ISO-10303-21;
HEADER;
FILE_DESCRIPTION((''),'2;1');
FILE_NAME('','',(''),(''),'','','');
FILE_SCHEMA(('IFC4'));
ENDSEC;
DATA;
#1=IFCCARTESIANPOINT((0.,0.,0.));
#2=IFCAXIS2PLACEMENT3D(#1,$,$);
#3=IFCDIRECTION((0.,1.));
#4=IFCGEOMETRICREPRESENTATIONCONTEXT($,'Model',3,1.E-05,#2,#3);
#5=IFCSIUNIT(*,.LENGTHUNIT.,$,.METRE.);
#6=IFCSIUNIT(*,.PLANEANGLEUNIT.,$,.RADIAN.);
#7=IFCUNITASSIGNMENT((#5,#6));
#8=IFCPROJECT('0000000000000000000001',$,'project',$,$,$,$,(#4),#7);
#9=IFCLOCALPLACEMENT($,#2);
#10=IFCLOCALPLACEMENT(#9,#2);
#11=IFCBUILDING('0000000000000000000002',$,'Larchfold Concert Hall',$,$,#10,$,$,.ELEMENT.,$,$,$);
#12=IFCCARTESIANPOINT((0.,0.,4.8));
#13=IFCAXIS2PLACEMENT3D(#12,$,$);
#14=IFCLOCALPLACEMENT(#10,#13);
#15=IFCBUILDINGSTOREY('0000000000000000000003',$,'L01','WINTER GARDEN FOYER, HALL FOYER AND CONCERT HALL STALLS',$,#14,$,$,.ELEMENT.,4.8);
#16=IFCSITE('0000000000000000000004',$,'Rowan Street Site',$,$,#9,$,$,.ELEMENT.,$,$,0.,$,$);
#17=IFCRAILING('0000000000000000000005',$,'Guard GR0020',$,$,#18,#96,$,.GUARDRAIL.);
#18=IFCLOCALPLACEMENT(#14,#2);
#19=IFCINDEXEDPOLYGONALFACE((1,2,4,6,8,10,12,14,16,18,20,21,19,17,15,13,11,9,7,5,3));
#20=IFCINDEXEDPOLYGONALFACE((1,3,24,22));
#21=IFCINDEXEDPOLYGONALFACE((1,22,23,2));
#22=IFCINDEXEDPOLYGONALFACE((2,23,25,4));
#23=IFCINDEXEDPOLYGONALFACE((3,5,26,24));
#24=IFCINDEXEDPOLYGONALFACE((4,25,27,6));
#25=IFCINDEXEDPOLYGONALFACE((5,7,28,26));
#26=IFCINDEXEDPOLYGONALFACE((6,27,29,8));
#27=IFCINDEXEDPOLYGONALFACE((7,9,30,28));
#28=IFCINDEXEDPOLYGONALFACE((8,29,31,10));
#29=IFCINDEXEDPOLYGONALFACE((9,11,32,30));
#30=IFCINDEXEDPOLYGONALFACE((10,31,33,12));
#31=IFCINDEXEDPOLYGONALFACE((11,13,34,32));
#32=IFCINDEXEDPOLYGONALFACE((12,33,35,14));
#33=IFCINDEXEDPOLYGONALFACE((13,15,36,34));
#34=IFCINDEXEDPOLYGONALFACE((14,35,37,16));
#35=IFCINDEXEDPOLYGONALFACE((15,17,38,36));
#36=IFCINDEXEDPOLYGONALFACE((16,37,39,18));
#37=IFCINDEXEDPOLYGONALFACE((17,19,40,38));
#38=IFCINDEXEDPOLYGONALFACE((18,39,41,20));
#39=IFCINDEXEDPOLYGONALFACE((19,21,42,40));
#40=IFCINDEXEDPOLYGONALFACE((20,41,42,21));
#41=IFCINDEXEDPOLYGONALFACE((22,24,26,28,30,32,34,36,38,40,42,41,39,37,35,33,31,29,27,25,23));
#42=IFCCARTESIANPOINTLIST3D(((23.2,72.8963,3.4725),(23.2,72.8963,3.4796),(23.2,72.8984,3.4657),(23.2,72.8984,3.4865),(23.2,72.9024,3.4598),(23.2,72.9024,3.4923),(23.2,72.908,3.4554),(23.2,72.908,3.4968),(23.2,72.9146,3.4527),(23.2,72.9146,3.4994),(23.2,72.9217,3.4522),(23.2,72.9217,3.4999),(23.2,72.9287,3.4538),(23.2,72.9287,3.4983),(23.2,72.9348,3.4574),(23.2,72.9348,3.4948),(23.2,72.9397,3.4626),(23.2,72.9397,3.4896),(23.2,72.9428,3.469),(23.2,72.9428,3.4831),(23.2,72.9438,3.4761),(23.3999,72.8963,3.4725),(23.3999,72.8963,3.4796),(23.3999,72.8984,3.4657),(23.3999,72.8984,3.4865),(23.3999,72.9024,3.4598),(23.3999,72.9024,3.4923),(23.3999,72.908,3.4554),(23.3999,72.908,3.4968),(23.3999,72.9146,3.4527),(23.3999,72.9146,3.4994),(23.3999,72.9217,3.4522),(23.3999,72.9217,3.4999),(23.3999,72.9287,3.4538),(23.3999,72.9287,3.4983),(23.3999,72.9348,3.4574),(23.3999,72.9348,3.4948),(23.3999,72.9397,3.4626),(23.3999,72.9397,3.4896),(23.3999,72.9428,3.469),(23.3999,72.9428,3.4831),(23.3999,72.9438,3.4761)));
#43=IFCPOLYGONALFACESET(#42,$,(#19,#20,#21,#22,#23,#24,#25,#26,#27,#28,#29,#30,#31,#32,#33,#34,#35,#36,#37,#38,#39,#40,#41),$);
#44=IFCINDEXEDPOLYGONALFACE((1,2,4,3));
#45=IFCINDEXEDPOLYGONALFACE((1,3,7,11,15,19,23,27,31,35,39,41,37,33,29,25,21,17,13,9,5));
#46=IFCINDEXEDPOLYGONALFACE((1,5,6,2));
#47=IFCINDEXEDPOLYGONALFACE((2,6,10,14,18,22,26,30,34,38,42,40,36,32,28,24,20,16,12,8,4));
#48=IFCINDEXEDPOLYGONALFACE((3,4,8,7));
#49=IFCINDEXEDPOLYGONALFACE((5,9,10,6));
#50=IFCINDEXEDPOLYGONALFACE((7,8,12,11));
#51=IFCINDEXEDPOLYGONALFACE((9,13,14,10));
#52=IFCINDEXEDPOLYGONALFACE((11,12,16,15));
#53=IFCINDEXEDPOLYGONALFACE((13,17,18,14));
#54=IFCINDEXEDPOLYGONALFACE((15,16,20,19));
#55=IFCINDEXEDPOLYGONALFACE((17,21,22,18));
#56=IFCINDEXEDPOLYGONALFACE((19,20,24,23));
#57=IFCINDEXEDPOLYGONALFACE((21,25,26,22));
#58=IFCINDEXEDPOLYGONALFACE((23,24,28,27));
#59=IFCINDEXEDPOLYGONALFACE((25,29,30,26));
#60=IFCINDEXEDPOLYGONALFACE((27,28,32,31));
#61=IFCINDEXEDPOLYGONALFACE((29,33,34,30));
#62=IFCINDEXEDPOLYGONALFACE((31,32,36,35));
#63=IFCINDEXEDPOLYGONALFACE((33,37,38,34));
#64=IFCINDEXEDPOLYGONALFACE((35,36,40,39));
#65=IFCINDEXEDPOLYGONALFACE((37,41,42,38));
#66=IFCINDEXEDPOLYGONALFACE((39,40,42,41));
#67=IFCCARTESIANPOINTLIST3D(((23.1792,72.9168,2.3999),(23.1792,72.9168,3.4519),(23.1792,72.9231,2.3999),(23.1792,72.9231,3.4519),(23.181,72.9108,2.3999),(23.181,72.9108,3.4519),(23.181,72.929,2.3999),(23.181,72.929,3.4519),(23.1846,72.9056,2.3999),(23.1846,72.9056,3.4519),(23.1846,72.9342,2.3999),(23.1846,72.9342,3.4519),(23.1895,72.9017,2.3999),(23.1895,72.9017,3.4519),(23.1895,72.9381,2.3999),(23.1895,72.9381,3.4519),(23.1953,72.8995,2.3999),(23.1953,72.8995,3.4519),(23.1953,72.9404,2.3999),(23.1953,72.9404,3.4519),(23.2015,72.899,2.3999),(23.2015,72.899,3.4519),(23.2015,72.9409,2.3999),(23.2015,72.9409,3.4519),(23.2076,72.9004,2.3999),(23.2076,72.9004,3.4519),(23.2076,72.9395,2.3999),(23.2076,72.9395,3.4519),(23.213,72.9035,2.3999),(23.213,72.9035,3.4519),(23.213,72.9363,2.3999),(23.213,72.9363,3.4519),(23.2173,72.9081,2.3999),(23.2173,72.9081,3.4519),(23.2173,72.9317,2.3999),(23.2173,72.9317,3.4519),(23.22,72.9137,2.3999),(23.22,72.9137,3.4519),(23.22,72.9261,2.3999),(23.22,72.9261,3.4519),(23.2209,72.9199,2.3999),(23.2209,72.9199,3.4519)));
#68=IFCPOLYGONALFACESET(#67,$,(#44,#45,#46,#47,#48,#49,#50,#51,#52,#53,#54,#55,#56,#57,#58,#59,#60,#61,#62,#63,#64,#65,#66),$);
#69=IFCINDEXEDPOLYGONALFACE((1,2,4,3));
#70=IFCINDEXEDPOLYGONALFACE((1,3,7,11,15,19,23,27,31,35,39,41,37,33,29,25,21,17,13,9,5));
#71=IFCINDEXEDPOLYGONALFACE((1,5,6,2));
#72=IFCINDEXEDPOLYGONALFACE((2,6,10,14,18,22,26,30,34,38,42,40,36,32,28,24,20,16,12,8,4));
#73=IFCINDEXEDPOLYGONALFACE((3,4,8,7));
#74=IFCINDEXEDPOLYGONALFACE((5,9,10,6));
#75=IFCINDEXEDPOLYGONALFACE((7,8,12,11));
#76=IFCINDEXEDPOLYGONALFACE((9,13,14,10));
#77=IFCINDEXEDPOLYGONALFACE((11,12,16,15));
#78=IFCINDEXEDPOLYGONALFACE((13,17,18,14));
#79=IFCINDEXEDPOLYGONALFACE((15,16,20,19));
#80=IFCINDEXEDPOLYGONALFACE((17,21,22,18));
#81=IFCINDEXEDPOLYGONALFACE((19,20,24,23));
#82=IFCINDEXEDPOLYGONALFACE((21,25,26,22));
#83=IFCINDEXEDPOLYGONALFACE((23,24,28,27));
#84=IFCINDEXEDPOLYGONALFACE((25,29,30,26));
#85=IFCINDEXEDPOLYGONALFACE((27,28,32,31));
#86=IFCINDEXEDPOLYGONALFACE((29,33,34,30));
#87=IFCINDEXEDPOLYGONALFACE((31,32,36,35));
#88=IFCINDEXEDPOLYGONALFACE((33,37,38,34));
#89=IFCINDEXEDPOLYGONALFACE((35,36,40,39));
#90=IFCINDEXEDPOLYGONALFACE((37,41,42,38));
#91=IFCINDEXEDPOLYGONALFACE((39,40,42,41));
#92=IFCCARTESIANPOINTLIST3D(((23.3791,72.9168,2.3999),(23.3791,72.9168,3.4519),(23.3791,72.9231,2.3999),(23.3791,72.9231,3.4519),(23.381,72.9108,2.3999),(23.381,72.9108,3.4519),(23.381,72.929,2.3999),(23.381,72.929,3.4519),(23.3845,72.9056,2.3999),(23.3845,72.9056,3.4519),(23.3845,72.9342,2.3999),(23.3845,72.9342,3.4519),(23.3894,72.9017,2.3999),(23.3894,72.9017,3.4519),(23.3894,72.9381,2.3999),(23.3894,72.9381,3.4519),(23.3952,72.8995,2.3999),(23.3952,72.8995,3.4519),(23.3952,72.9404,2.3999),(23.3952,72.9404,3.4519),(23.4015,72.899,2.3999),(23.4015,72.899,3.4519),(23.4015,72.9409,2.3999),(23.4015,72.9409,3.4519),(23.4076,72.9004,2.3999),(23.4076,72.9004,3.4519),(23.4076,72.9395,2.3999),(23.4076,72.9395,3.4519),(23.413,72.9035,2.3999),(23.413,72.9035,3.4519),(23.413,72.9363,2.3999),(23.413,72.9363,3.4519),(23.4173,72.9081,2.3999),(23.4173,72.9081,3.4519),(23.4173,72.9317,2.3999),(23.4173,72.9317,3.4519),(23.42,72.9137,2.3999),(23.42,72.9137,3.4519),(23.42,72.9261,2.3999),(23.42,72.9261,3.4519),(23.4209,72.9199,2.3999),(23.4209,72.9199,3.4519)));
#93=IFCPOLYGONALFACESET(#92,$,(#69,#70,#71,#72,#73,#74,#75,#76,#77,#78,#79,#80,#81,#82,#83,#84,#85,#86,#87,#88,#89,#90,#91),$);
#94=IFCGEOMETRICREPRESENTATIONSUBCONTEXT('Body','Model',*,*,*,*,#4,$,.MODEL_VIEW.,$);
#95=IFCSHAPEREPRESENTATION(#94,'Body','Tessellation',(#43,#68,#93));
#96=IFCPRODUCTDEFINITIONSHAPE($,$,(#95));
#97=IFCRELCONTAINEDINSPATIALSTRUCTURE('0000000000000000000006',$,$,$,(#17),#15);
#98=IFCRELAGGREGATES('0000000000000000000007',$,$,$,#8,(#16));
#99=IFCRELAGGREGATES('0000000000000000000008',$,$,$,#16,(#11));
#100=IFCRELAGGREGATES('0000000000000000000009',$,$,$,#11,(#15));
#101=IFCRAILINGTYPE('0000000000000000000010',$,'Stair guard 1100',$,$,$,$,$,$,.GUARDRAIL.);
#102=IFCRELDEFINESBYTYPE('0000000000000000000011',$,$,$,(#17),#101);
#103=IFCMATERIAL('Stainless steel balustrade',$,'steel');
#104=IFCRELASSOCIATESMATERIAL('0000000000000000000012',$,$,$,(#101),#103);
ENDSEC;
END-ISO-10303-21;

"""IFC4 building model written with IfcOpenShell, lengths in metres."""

from ifc_helpers import new_model, si_unit, direction, frame, origin, origin_2d, place, context, subcontext, project, spatial, circle, extrude, material, type_object, element, save


model = new_model("IFC4")

# Units and contexts
model_context = context("Model", 3, precision=1e-05, world=origin(), true_north=direction((0.0, 1.0)))
body_context = subcontext(model_context, "Body", "Model", "MODEL_VIEW")
ifc_project = project(units=[si_unit("LENGTHUNIT", "METRE"), si_unit("PLANEANGLEUNIT", "RADIAN")], contexts=[model_context])

# Site, building, storey
site_placement = place(None, origin())
site = spatial("IfcSite", under=ifc_project, at=site_placement, Name="Rowan Street Site", CompositionType="ELEMENT", RefElevation=0.0)
building_placement = place(site_placement, origin())
building = spatial("IfcBuilding", under=site, at=building_placement, Name="Larchfold Concert Hall", CompositionType="ELEMENT")
storey_placement = place(building_placement, frame((0.0, 0.0, 4.8)))
storey = spatial("IfcBuildingStorey", under=building, at=storey_placement, Name="L01", Description="WINTER GARDEN FOYER, HALL FOYER AND CONCERT HALL STALLS", CompositionType="ELEMENT", Elevation=4.8)

# Railing
ifc_material_1 = material(Name="Stainless steel balustrade", Category="steel")
railing_type_1 = type_object("IfcRailingType", Name="Stair guard 1100", PredefinedType="GUARDRAIL", material=ifc_material_1)
railing_1_placement = place(storey_placement, frame((23.2, 72.9199, 2.3999)))
element("IfcRailing", 1, at=railing_1_placement, inside=storey, type_object=railing_type_1, Name="Guard GR0020", PredefinedType="GUARDRAIL", context=body_context, shape_type="SweptSolid", body=[
    extrude(circle(Radius=0.0239, at=origin_2d()), frame((0.0, 0.0, 1.0762), z_axis=(1.0, 0.0, 0.0), x_axis=(0.0, 1.0, 0.0)), (0.0, 0.0, 1.0), 0.2),
    extrude(circle(Radius=0.021, at=origin_2d()), origin(), (0.0, 0.0, 1.0), 1.052),
    extrude(circle(Radius=0.021, at=origin_2d()), frame((0.2, 0.0, 0.0)), (0.0, 0.0, 1.0), 1.052),
])

save(model, "model.ifc")
